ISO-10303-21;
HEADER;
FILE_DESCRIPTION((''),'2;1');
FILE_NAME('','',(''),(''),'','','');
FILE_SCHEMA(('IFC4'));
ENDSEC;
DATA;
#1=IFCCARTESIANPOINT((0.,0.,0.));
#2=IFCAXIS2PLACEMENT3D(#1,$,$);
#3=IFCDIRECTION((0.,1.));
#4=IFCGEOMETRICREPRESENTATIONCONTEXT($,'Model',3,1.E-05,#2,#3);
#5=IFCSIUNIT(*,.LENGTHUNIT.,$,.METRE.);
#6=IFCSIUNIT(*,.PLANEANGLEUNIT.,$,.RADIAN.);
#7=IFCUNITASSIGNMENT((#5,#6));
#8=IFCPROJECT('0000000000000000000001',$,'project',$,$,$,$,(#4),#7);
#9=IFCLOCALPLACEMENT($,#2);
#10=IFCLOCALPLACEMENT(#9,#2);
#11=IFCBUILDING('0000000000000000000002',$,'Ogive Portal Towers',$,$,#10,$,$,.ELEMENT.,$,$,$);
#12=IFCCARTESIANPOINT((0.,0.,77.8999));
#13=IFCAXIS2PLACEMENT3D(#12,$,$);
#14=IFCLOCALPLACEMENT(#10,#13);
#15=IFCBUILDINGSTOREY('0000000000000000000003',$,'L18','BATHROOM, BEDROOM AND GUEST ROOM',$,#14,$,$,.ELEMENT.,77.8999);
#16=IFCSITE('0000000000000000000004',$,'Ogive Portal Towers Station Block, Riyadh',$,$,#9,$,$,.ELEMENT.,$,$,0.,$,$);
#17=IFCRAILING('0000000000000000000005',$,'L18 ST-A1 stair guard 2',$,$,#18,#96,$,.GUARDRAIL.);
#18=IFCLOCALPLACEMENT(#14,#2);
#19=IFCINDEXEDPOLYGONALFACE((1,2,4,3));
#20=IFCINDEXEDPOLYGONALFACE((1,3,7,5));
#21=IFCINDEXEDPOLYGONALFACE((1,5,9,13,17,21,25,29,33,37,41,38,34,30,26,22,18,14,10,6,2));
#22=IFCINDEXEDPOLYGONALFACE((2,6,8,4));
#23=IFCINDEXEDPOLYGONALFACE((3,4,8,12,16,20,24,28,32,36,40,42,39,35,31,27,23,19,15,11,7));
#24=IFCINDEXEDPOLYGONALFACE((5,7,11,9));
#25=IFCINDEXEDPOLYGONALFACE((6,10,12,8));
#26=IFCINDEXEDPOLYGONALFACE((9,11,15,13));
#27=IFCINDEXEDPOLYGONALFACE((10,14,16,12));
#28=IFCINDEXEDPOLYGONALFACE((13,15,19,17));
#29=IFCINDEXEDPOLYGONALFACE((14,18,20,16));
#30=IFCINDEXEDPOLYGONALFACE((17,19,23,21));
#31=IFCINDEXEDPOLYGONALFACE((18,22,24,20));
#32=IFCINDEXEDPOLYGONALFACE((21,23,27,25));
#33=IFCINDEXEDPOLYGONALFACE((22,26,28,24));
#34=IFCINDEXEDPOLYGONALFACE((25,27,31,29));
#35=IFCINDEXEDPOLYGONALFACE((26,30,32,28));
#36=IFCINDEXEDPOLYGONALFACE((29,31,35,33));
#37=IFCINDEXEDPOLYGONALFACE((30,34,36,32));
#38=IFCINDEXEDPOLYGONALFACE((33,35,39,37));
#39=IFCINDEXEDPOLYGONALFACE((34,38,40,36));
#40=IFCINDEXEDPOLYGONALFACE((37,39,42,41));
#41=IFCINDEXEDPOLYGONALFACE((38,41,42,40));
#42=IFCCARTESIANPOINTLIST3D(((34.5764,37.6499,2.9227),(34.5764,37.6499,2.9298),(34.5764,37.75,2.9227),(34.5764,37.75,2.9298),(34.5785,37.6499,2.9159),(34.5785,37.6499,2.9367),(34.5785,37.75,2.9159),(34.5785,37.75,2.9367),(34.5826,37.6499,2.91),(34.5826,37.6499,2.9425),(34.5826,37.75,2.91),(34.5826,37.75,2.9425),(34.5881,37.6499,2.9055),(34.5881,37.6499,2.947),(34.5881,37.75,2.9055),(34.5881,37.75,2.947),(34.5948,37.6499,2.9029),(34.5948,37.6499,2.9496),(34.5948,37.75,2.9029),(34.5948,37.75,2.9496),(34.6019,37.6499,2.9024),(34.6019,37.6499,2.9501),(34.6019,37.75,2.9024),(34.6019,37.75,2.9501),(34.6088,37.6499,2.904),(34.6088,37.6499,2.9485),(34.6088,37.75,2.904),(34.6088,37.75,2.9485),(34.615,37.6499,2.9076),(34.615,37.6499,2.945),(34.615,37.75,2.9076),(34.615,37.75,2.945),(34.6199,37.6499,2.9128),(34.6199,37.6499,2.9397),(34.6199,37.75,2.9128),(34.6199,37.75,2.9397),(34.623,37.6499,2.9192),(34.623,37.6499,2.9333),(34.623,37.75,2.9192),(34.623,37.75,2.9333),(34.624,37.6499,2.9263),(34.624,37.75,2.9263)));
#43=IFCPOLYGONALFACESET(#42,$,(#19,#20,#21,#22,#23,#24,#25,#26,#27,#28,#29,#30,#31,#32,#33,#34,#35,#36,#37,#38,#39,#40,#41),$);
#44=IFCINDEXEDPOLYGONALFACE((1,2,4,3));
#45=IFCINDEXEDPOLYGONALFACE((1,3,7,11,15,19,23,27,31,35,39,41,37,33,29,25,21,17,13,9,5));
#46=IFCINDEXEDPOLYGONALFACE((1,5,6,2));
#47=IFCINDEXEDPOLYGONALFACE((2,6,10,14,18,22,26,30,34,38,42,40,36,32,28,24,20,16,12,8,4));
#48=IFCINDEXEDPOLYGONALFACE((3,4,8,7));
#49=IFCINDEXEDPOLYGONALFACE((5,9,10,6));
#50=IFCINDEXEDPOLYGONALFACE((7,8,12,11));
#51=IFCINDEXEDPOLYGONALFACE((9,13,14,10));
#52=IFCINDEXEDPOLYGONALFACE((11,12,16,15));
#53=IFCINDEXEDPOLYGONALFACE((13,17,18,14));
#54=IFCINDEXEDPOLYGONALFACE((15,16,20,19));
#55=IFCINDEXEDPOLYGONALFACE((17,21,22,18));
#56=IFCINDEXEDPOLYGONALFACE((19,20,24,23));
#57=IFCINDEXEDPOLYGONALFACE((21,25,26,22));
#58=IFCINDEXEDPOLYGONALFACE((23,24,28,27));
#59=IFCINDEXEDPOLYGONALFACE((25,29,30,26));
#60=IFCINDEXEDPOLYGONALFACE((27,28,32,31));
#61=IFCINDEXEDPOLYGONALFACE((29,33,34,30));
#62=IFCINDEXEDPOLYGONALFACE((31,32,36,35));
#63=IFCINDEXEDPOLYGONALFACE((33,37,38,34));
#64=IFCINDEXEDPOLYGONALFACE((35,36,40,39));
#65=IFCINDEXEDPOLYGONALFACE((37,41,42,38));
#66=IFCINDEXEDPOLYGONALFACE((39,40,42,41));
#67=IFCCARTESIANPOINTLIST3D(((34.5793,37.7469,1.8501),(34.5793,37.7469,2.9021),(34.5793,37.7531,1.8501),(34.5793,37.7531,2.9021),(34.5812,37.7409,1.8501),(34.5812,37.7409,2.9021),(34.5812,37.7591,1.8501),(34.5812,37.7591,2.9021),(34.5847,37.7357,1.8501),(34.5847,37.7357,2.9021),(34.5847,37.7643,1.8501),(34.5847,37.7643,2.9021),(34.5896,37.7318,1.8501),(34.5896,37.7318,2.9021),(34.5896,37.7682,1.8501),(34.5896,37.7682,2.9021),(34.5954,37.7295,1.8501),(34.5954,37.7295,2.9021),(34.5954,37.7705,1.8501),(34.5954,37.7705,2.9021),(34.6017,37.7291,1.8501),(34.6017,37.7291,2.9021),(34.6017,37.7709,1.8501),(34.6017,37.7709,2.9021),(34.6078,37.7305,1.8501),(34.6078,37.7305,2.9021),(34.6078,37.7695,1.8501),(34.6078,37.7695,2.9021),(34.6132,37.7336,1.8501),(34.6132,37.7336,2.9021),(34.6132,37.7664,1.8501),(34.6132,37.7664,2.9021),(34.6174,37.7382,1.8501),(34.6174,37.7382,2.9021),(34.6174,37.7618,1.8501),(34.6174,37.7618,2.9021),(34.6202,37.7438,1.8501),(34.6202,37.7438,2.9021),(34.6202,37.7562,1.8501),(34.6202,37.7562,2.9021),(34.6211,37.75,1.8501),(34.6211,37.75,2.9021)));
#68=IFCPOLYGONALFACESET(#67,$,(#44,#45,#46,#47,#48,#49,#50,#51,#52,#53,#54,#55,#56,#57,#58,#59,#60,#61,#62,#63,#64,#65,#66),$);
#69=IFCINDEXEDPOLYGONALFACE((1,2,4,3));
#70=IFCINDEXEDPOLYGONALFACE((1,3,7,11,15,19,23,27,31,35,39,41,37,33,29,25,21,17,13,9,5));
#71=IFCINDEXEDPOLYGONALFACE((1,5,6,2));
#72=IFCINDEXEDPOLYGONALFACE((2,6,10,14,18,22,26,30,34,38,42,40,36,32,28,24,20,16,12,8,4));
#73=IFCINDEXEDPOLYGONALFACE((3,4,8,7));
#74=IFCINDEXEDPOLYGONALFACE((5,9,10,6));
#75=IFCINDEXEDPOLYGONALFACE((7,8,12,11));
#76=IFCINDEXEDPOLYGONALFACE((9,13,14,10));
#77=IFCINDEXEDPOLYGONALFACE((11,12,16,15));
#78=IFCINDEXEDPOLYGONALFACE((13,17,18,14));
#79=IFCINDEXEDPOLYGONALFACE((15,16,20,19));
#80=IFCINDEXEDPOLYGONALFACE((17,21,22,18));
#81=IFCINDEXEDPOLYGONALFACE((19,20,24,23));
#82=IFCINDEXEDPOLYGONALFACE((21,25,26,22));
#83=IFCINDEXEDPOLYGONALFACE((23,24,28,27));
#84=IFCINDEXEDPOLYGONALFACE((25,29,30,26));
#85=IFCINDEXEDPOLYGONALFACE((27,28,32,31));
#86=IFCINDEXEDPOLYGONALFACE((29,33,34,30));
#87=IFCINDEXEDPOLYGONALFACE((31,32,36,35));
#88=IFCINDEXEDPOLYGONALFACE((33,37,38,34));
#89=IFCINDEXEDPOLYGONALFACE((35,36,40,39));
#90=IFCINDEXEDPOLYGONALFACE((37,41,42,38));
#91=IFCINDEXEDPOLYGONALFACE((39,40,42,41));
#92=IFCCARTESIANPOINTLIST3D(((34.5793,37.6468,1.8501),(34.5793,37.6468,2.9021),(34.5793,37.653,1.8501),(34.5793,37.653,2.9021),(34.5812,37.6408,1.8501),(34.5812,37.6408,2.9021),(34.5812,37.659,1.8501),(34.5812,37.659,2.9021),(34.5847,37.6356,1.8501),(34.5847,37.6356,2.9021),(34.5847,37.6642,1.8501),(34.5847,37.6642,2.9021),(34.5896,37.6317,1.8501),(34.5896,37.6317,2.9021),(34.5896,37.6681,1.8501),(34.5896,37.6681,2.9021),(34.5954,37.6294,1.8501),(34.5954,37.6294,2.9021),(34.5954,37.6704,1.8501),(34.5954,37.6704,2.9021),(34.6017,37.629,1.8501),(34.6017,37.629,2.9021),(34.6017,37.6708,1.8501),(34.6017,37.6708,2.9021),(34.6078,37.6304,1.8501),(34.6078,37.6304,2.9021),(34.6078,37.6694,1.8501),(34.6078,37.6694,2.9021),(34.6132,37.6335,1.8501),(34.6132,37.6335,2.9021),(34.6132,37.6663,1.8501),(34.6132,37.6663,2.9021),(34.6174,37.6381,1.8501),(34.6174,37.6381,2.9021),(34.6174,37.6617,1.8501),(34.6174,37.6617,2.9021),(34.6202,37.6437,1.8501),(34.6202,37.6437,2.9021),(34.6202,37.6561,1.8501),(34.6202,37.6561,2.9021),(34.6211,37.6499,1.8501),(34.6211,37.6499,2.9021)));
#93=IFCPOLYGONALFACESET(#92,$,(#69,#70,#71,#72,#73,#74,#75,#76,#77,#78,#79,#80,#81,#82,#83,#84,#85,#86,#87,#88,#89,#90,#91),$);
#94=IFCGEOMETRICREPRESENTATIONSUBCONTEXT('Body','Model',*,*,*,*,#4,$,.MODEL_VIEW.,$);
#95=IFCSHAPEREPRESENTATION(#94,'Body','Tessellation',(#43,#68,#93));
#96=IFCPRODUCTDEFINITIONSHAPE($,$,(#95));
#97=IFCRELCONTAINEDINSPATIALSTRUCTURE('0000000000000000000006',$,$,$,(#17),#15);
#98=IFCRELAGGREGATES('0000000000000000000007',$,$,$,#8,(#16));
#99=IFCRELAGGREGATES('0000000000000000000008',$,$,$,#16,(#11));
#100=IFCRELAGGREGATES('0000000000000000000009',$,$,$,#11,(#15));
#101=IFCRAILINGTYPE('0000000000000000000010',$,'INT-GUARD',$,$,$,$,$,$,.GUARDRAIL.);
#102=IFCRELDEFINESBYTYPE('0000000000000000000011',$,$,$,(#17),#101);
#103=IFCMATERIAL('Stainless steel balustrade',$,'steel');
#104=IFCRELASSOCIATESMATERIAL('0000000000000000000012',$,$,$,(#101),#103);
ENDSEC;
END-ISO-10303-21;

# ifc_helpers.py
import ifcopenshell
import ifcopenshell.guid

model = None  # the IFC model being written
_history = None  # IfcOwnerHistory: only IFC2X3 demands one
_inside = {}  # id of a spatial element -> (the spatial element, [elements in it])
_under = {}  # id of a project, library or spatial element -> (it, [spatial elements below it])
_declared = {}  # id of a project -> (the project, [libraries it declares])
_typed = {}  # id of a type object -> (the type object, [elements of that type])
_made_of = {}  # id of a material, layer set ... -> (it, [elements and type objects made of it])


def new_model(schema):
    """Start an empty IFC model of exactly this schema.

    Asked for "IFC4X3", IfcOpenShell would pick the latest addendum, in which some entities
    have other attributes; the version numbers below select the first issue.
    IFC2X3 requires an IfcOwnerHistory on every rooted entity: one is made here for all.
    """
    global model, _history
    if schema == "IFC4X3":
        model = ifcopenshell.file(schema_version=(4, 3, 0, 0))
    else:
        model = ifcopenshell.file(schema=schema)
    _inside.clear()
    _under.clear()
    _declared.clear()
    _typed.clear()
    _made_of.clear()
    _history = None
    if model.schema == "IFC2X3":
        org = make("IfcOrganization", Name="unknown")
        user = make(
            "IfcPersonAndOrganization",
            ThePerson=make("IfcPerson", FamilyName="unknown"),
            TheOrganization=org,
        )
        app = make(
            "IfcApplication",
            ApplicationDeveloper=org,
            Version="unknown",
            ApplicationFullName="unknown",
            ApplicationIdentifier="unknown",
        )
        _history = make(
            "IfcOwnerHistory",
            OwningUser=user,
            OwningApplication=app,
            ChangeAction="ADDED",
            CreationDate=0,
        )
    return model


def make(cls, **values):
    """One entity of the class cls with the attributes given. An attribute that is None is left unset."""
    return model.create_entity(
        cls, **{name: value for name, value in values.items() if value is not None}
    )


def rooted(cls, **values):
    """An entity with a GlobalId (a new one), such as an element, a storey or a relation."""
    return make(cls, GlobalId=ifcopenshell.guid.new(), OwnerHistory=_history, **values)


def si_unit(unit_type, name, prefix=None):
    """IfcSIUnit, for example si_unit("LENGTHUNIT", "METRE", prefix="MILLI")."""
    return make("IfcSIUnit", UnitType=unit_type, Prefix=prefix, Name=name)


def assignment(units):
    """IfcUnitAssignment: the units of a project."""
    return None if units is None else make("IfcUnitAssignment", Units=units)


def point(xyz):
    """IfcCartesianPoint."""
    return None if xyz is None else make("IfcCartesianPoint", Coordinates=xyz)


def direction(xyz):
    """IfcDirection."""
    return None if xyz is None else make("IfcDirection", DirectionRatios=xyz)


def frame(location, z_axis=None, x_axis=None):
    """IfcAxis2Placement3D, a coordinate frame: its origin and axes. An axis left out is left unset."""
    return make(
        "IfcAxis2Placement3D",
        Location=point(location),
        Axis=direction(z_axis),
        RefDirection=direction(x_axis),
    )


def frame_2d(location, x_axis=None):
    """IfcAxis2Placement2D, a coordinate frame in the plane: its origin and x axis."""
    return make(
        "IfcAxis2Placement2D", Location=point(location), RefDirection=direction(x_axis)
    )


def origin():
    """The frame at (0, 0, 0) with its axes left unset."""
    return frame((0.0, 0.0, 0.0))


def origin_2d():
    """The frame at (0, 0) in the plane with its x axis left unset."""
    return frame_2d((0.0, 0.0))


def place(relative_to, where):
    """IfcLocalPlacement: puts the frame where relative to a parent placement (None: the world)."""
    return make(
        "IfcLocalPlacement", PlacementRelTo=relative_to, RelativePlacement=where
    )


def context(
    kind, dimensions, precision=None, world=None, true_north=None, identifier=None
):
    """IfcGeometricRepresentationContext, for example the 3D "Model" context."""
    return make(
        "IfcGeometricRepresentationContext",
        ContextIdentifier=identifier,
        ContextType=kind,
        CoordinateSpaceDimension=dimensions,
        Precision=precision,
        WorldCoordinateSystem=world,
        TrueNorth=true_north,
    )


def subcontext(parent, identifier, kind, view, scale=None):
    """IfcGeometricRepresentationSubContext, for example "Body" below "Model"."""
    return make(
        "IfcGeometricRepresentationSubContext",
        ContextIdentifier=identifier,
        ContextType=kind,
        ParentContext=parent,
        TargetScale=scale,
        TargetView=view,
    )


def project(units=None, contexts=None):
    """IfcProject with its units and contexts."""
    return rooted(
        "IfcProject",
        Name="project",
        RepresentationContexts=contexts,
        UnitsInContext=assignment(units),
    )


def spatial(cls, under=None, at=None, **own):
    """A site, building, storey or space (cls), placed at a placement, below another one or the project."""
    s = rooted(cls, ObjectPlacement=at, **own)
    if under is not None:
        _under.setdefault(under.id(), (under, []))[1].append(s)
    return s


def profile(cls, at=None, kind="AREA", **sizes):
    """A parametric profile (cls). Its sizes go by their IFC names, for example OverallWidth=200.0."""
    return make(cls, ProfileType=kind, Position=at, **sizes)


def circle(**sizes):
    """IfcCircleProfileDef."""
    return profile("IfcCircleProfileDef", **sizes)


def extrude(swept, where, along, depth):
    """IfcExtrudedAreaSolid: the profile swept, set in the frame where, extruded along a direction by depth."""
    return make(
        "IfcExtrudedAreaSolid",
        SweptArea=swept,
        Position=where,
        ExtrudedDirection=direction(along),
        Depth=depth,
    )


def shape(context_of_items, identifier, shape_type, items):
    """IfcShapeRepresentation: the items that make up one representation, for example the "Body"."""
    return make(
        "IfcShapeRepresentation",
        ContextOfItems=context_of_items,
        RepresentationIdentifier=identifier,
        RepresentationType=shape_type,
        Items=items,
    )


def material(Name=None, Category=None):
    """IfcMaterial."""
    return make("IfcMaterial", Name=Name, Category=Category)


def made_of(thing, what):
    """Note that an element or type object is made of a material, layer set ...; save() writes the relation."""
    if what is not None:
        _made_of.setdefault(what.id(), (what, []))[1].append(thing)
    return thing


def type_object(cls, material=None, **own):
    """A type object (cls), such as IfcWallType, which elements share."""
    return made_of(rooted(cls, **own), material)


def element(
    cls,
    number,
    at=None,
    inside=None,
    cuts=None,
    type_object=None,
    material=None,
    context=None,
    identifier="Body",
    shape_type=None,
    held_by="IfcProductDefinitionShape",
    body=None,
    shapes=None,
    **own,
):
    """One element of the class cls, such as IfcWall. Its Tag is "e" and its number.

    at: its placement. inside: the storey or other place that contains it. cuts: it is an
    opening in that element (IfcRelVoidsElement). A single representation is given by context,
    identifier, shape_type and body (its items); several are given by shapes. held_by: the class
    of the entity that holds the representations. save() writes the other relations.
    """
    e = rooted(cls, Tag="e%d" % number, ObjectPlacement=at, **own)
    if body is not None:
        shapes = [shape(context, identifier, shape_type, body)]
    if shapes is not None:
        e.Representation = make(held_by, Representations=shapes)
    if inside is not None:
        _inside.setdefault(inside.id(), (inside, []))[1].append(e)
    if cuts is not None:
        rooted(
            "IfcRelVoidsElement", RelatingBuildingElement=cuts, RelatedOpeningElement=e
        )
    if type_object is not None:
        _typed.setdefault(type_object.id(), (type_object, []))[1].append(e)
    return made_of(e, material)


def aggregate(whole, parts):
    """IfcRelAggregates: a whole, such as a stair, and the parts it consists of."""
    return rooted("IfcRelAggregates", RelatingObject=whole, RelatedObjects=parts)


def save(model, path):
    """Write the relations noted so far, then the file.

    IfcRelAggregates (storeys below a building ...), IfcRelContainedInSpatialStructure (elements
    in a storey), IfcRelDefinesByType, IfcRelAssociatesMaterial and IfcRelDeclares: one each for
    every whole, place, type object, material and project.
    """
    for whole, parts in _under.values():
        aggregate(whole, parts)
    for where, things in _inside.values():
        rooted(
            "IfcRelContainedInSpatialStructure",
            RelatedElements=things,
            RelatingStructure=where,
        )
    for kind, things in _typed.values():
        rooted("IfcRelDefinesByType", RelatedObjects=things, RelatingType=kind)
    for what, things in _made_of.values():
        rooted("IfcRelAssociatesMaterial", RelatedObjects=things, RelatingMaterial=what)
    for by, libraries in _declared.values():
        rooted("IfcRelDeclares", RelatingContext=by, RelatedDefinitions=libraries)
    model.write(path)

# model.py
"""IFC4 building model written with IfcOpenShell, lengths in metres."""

from ifc_helpers import new_model, si_unit, direction, frame, origin, origin_2d, place, context, subcontext, project, spatial, circle, extrude, material, type_object, element, save


model = new_model("IFC4")

# Units and contexts
model_context = context("Model", 3, precision=1e-05, world=origin(), true_north=direction((0.0, 1.0)))
body_context = subcontext(model_context, "Body", "Model", "MODEL_VIEW")
ifc_project = project(units=[si_unit("LENGTHUNIT", "METRE"), si_unit("PLANEANGLEUNIT", "RADIAN")], contexts=[model_context])

# Site, building, storey
site_placement = place(None, origin())
site = spatial("IfcSite", under=ifc_project, at=site_placement, Name="Ogive Portal Towers Station Block, Riyadh", CompositionType="ELEMENT", RefElevation=0.0)
building_placement = place(site_placement, origin())
building = spatial("IfcBuilding", under=site, at=building_placement, Name="Ogive Portal Towers", CompositionType="ELEMENT")
storey_placement = place(building_placement, frame((0.0, 0.0, 77.8999)))
storey = spatial("IfcBuildingStorey", under=building, at=storey_placement, Name="L18", Description="BATHROOM, BEDROOM AND GUEST ROOM", CompositionType="ELEMENT", Elevation=77.8999)

# Railing
ifc_material_1 = material(Name="Stainless steel balustrade", Category="steel")
railing_type_1 = type_object("IfcRailingType", Name="INT-GUARD", PredefinedType="GUARDRAIL", material=ifc_material_1)
railing_1_placement = place(storey_placement, frame((34.6001, 37.75, 1.8501)))
element("IfcRailing", 1, at=railing_1_placement, inside=storey, type_object=railing_type_1, Name="L18 ST-A1 stair guard 2", PredefinedType="GUARDRAIL", context=body_context, shape_type="SweptSolid", body=[
    extrude(circle(Radius=0.0239, at=origin_2d()), frame((0.0, 0.0, 1.0762), z_axis=(0.0, -1.0, 0.0), x_axis=(1.0, 0.0, 0.0)), (0.0, 0.0, 1.0), 0.1001),
    extrude(circle(Radius=0.021, at=origin_2d()), origin(), (0.0, 0.0, 1.0), 1.052),
    extrude(circle(Radius=0.021, at=origin_2d()), frame((0.0, -0.1001, 0.0)), (0.0, 0.0, 1.0), 1.052),
])

save(model, "model.ifc")
